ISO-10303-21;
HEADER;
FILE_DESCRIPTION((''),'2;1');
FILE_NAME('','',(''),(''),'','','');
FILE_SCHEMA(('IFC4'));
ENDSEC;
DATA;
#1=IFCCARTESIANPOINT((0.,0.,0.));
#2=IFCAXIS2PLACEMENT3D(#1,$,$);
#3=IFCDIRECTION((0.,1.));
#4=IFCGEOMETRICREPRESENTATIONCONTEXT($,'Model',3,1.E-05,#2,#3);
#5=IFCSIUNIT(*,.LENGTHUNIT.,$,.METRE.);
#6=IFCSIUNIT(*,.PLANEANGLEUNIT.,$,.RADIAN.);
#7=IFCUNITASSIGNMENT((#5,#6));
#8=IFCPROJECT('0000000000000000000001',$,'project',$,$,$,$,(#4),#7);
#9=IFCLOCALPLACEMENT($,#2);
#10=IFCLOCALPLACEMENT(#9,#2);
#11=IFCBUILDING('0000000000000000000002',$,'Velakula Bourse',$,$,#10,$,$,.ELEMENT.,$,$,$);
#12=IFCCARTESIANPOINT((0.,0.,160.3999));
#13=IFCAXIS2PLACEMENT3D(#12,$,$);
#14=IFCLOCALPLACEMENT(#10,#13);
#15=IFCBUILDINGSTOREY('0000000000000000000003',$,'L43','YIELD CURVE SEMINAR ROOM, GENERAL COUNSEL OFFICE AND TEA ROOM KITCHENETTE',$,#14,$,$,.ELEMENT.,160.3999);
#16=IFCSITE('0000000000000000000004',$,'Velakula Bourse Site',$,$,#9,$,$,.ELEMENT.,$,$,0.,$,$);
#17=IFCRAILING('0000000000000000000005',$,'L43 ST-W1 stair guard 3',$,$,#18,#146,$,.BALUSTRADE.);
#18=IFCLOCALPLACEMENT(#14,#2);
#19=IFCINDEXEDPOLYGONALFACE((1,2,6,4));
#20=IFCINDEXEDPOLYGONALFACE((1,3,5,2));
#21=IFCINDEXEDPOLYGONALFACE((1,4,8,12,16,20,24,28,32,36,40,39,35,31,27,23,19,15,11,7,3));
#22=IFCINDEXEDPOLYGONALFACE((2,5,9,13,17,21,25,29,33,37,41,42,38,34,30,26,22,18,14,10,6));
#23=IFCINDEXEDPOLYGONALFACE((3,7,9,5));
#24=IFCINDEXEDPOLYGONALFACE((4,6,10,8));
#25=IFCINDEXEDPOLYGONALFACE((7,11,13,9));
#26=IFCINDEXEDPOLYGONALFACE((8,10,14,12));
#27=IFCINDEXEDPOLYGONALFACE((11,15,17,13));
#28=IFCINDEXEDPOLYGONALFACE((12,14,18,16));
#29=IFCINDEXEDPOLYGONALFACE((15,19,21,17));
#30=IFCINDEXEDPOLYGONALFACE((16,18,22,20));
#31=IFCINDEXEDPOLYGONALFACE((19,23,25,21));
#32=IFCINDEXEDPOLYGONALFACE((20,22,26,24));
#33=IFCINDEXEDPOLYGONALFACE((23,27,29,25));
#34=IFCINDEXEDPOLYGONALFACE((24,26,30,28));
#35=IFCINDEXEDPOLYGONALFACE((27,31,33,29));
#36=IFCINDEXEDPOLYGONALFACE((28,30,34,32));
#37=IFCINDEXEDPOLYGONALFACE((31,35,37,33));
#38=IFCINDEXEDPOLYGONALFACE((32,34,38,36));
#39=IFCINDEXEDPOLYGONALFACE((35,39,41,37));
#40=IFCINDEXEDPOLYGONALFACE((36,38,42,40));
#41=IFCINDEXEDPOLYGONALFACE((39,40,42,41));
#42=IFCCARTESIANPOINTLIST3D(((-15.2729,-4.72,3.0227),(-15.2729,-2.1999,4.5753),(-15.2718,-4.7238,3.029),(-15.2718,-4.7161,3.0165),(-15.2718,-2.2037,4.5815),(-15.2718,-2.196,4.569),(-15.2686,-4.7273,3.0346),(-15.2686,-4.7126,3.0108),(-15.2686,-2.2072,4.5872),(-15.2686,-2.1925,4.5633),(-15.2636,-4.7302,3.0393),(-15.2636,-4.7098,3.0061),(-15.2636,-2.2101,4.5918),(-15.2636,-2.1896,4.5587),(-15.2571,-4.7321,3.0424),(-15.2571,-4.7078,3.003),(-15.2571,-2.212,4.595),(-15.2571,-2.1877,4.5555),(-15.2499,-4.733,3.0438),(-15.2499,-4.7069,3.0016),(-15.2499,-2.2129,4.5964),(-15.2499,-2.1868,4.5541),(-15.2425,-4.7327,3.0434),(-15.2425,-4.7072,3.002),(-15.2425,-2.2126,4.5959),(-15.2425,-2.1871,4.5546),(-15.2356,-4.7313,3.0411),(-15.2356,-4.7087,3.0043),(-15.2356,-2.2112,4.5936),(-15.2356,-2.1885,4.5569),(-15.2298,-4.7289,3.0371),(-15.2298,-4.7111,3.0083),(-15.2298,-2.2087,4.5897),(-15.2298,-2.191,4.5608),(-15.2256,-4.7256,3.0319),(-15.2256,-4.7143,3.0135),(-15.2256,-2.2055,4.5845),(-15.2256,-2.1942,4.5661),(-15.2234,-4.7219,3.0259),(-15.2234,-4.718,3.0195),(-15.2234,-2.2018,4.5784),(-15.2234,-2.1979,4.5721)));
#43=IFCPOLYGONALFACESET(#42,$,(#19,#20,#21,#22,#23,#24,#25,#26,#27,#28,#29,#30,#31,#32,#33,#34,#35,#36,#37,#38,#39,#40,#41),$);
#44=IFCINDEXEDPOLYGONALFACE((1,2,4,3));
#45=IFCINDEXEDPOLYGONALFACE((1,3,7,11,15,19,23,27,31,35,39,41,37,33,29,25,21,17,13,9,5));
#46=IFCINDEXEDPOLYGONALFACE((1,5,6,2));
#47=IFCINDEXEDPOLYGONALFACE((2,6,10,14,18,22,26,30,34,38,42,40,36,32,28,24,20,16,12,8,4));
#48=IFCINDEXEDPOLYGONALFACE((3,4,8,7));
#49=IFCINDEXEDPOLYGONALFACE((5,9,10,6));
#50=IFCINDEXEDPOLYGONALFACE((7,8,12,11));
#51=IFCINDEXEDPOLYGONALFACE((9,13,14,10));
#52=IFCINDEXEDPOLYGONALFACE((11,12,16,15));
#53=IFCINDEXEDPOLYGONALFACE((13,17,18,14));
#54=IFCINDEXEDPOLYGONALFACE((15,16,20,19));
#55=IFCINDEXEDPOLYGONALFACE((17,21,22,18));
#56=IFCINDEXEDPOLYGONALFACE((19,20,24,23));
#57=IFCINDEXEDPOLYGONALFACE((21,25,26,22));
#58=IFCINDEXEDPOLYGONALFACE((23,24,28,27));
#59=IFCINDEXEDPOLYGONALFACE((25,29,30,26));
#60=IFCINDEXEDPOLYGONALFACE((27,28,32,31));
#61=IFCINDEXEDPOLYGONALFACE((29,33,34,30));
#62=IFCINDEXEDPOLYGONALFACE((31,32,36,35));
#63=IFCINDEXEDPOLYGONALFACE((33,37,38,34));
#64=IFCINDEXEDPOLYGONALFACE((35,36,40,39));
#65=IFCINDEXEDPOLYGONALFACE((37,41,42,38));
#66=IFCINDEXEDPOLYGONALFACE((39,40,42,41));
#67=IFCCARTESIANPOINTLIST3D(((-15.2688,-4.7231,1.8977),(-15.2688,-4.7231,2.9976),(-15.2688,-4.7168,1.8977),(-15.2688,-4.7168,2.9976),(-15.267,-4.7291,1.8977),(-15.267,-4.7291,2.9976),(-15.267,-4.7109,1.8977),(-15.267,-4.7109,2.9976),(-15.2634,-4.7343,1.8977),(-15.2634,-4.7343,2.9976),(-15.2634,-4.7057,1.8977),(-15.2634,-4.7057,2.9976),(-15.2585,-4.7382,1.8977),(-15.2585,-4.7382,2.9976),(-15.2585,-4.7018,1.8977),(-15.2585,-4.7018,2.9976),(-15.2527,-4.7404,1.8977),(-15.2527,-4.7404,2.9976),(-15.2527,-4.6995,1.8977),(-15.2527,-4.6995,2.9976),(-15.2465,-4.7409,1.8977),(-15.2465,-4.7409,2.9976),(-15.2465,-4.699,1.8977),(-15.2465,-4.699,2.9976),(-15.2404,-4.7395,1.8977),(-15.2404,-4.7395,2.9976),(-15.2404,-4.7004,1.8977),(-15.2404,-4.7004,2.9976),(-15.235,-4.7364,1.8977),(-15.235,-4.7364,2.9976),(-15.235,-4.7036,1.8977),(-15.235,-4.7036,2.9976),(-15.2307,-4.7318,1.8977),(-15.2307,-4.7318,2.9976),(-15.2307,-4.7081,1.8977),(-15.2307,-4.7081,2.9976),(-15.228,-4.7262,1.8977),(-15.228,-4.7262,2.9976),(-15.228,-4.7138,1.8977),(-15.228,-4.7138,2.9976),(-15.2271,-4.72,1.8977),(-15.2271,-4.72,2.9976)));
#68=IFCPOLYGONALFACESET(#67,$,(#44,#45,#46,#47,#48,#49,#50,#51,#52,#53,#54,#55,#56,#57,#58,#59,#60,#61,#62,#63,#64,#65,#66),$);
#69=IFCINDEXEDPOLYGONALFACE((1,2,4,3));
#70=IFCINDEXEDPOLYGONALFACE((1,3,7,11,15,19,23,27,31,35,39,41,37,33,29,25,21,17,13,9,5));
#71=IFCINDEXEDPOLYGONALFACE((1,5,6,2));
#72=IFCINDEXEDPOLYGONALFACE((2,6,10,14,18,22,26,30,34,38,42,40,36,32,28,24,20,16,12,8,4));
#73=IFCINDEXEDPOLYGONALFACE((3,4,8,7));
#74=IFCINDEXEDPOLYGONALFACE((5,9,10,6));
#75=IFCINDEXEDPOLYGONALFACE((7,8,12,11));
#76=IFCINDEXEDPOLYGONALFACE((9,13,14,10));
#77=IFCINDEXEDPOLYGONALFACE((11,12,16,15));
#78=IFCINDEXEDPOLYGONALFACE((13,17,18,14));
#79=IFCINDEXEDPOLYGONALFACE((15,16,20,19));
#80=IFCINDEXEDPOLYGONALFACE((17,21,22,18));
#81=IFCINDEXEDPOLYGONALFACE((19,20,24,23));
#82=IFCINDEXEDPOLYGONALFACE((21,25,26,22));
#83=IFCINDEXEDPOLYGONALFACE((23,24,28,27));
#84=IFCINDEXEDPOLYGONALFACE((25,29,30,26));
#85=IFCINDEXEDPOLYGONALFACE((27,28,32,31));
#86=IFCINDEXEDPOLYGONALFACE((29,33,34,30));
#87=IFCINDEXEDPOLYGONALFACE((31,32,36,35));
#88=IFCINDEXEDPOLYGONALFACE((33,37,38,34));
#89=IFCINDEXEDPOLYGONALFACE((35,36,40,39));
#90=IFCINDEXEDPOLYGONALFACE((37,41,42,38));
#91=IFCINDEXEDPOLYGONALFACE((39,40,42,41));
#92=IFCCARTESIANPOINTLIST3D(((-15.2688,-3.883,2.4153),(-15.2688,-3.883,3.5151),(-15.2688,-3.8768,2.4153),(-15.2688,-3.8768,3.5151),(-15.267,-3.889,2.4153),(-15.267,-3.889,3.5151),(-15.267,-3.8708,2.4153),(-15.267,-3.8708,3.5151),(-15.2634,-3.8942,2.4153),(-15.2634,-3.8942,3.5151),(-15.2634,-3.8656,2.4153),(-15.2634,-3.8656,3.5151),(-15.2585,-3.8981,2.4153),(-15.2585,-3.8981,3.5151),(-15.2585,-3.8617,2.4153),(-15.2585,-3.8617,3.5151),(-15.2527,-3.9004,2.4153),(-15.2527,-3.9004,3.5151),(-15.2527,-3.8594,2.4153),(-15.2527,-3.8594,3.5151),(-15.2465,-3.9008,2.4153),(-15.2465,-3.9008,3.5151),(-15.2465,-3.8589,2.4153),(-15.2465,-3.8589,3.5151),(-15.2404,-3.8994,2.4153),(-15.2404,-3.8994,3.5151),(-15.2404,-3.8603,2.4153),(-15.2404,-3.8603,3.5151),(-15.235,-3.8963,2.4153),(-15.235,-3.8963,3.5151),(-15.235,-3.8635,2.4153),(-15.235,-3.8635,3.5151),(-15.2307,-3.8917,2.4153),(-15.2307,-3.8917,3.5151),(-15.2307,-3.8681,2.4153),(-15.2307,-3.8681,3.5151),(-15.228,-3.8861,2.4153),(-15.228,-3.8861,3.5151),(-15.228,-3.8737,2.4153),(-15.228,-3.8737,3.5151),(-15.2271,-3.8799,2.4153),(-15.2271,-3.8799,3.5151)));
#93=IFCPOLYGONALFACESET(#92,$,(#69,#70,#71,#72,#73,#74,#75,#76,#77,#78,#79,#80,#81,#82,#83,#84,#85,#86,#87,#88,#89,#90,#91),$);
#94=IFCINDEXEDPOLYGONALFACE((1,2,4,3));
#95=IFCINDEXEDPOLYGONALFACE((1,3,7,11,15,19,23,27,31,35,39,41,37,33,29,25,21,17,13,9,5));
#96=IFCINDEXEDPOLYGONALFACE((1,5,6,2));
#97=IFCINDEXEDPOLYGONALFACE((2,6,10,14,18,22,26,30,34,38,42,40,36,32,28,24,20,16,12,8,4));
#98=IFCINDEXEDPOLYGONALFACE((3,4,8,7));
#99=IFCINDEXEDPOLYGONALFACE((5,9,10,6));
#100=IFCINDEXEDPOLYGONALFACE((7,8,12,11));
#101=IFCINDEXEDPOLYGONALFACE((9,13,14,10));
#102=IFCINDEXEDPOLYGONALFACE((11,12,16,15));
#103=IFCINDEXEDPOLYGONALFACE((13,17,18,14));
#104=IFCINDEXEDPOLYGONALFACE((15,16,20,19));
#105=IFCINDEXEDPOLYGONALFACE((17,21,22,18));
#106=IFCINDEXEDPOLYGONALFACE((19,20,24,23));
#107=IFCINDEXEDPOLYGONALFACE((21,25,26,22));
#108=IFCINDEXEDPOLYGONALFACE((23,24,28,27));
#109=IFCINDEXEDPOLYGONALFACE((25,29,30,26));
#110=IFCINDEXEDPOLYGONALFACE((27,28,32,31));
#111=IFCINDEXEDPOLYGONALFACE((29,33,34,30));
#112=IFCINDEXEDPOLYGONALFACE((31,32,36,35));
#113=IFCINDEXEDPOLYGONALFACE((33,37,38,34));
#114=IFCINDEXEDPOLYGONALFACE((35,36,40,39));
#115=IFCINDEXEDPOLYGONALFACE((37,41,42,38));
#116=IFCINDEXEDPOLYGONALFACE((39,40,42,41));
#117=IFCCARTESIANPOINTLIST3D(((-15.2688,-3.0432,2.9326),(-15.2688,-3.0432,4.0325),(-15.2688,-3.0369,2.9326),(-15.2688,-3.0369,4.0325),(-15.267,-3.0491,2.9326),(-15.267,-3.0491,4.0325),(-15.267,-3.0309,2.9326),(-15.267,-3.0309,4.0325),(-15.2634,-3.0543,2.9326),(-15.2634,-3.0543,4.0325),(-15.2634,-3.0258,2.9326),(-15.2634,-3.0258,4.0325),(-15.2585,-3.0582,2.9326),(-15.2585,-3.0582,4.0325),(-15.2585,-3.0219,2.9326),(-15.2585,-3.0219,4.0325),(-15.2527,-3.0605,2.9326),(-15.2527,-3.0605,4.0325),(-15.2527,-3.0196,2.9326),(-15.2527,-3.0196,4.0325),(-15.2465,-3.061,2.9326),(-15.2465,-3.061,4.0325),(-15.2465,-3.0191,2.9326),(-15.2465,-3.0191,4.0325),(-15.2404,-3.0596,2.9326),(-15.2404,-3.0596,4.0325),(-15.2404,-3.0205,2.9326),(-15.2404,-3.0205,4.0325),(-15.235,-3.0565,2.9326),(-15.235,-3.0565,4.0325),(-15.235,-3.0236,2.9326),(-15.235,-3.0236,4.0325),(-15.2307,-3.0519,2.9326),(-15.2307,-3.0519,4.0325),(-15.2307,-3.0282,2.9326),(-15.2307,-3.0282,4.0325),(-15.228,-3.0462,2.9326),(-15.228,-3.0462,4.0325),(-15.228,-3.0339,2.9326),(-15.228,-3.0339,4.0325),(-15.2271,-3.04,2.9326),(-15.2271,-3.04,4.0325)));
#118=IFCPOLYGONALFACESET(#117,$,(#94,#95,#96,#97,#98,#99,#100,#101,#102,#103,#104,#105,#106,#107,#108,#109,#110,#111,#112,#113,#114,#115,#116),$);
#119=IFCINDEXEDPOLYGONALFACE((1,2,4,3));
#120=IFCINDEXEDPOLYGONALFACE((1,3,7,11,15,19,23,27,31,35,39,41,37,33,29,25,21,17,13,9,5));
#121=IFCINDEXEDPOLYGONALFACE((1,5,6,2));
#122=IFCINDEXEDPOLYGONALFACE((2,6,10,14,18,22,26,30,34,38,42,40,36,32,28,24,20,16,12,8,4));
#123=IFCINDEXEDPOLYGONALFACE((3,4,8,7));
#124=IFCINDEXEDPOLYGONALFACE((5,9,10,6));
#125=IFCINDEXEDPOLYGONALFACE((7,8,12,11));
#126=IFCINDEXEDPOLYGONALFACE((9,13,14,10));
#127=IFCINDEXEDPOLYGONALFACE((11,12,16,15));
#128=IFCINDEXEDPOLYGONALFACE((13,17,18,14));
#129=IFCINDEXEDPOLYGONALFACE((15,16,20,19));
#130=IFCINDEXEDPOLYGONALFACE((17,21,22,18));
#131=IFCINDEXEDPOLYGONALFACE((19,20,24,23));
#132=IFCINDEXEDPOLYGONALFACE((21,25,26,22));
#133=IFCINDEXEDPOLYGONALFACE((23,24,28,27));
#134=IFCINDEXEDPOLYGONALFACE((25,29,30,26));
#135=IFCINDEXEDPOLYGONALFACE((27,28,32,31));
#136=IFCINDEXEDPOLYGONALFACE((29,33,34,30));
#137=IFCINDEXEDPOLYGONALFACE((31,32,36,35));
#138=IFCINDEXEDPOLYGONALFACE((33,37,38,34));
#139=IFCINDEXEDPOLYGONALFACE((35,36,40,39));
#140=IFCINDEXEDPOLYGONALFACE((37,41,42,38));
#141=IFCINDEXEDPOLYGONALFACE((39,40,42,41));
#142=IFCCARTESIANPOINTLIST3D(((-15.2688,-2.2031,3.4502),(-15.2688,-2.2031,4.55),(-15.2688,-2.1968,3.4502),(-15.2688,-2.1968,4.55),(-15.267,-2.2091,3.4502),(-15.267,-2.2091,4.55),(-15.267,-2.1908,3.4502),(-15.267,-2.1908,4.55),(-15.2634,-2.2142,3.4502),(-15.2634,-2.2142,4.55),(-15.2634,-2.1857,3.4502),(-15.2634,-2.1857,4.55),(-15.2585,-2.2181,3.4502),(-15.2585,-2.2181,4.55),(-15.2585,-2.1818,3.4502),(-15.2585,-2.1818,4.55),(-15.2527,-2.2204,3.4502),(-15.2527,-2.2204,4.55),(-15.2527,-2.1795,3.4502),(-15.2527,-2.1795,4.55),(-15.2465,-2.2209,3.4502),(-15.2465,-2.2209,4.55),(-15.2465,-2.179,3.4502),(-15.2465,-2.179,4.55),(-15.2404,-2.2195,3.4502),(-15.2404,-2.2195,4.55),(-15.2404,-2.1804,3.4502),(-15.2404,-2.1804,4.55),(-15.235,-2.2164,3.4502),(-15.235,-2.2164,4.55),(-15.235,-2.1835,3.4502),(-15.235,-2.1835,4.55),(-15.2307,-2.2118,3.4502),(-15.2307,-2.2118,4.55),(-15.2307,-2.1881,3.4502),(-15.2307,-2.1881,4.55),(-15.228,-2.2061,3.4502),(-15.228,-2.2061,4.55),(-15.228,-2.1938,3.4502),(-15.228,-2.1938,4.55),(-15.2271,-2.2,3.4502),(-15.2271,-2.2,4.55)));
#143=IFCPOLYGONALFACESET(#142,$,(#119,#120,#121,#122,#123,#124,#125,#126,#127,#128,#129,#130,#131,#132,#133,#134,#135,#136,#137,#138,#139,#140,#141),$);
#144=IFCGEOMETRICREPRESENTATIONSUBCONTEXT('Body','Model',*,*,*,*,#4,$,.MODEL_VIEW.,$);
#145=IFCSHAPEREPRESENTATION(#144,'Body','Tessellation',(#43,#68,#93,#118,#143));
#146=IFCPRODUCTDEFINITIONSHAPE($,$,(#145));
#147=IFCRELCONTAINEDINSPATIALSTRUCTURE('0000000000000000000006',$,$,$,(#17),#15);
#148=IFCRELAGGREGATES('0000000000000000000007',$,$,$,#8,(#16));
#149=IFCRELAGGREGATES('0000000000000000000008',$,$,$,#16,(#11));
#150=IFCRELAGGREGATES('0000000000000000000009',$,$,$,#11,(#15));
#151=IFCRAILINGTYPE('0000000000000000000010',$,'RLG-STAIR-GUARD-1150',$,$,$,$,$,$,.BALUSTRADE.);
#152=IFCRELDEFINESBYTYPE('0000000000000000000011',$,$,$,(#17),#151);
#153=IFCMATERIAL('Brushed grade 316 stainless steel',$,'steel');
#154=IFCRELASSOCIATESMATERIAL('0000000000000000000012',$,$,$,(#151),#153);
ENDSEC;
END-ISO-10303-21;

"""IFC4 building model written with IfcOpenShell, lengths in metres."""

from ifc_helpers import new_model, si_unit, direction, frame, origin, origin_2d, place, context, subcontext, project, spatial, circle, extrude, material, type_object, element, save


model = new_model("IFC4")

# Units and contexts
model_context = context("Model", 3, precision=1e-05, world=origin(), true_north=direction((0.0, 1.0)))
body_context = subcontext(model_context, "Body", "Model", "MODEL_VIEW")
ifc_project = project(units=[si_unit("LENGTHUNIT", "METRE"), si_unit("PLANEANGLEUNIT", "RADIAN")], contexts=[model_context])

# Site, building, storey
site_placement = place(None, origin())
site = spatial("IfcSite", under=ifc_project, at=site_placement, Name="Velakula Bourse Site", CompositionType="ELEMENT", RefElevation=0.0)
building_placement = place(site_placement, origin())
building = spatial("IfcBuilding", under=site, at=building_placement, Name="Velakula Bourse", CompositionType="ELEMENT")
storey_placement = place(building_placement, frame((0.0, 0.0, 160.3999)))
storey = spatial("IfcBuildingStorey", under=building, at=storey_placement, Name="L43", Description="YIELD CURVE SEMINAR ROOM, GENERAL COUNSEL OFFICE AND TEA ROOM KITCHENETTE", CompositionType="ELEMENT", Elevation=160.3999)

# Shared definitions
ifc_material_1 = material(Name="Brushed grade 316 stainless steel", Category="steel")

# Railing
railing_type_1 = type_object("IfcRailingType", Name="RLG-STAIR-GUARD-1150", PredefinedType="BALUSTRADE", material=ifc_material_1)
railing_1_placement = place(storey_placement, frame((-15.248, -4.72, 1.8977)))
element("IfcRailing", 1, at=railing_1_placement, inside=storey, type_object=railing_type_1, Name="L43 ST-W1 stair guard 3", PredefinedType="BALUSTRADE", context=body_context, shape_type="SweptSolid", body=[
    extrude(circle(Radius=0.0249, at=origin_2d()), frame((0.0, 0.0, 1.125), z_axis=(0.0, 0.8514, 0.524516), x_axis=(-1.0, 0.0, 0.0)), (0.0, 0.0, 1.0), 2.96),
    extrude(circle(Radius=0.021, at=origin_2d()), origin(), (0.0, 0.0, 1.0), 1.0999),
    extrude(circle(Radius=0.021, at=origin_2d()), frame((0.0, 0.8401, 0.5176)), (0.0, 0.0, 1.0), 1.0999),
    extrude(circle(Radius=0.021, at=origin_2d()), frame((0.0, 1.6799, 1.0349)), (0.0, 0.0, 1.0), 1.0999),
    extrude(circle(Radius=0.021, at=origin_2d()), frame((0.0, 2.52, 1.5525)), (0.0, 0.0, 1.0), 1.0999),
])

save(model, "model.ifc")
